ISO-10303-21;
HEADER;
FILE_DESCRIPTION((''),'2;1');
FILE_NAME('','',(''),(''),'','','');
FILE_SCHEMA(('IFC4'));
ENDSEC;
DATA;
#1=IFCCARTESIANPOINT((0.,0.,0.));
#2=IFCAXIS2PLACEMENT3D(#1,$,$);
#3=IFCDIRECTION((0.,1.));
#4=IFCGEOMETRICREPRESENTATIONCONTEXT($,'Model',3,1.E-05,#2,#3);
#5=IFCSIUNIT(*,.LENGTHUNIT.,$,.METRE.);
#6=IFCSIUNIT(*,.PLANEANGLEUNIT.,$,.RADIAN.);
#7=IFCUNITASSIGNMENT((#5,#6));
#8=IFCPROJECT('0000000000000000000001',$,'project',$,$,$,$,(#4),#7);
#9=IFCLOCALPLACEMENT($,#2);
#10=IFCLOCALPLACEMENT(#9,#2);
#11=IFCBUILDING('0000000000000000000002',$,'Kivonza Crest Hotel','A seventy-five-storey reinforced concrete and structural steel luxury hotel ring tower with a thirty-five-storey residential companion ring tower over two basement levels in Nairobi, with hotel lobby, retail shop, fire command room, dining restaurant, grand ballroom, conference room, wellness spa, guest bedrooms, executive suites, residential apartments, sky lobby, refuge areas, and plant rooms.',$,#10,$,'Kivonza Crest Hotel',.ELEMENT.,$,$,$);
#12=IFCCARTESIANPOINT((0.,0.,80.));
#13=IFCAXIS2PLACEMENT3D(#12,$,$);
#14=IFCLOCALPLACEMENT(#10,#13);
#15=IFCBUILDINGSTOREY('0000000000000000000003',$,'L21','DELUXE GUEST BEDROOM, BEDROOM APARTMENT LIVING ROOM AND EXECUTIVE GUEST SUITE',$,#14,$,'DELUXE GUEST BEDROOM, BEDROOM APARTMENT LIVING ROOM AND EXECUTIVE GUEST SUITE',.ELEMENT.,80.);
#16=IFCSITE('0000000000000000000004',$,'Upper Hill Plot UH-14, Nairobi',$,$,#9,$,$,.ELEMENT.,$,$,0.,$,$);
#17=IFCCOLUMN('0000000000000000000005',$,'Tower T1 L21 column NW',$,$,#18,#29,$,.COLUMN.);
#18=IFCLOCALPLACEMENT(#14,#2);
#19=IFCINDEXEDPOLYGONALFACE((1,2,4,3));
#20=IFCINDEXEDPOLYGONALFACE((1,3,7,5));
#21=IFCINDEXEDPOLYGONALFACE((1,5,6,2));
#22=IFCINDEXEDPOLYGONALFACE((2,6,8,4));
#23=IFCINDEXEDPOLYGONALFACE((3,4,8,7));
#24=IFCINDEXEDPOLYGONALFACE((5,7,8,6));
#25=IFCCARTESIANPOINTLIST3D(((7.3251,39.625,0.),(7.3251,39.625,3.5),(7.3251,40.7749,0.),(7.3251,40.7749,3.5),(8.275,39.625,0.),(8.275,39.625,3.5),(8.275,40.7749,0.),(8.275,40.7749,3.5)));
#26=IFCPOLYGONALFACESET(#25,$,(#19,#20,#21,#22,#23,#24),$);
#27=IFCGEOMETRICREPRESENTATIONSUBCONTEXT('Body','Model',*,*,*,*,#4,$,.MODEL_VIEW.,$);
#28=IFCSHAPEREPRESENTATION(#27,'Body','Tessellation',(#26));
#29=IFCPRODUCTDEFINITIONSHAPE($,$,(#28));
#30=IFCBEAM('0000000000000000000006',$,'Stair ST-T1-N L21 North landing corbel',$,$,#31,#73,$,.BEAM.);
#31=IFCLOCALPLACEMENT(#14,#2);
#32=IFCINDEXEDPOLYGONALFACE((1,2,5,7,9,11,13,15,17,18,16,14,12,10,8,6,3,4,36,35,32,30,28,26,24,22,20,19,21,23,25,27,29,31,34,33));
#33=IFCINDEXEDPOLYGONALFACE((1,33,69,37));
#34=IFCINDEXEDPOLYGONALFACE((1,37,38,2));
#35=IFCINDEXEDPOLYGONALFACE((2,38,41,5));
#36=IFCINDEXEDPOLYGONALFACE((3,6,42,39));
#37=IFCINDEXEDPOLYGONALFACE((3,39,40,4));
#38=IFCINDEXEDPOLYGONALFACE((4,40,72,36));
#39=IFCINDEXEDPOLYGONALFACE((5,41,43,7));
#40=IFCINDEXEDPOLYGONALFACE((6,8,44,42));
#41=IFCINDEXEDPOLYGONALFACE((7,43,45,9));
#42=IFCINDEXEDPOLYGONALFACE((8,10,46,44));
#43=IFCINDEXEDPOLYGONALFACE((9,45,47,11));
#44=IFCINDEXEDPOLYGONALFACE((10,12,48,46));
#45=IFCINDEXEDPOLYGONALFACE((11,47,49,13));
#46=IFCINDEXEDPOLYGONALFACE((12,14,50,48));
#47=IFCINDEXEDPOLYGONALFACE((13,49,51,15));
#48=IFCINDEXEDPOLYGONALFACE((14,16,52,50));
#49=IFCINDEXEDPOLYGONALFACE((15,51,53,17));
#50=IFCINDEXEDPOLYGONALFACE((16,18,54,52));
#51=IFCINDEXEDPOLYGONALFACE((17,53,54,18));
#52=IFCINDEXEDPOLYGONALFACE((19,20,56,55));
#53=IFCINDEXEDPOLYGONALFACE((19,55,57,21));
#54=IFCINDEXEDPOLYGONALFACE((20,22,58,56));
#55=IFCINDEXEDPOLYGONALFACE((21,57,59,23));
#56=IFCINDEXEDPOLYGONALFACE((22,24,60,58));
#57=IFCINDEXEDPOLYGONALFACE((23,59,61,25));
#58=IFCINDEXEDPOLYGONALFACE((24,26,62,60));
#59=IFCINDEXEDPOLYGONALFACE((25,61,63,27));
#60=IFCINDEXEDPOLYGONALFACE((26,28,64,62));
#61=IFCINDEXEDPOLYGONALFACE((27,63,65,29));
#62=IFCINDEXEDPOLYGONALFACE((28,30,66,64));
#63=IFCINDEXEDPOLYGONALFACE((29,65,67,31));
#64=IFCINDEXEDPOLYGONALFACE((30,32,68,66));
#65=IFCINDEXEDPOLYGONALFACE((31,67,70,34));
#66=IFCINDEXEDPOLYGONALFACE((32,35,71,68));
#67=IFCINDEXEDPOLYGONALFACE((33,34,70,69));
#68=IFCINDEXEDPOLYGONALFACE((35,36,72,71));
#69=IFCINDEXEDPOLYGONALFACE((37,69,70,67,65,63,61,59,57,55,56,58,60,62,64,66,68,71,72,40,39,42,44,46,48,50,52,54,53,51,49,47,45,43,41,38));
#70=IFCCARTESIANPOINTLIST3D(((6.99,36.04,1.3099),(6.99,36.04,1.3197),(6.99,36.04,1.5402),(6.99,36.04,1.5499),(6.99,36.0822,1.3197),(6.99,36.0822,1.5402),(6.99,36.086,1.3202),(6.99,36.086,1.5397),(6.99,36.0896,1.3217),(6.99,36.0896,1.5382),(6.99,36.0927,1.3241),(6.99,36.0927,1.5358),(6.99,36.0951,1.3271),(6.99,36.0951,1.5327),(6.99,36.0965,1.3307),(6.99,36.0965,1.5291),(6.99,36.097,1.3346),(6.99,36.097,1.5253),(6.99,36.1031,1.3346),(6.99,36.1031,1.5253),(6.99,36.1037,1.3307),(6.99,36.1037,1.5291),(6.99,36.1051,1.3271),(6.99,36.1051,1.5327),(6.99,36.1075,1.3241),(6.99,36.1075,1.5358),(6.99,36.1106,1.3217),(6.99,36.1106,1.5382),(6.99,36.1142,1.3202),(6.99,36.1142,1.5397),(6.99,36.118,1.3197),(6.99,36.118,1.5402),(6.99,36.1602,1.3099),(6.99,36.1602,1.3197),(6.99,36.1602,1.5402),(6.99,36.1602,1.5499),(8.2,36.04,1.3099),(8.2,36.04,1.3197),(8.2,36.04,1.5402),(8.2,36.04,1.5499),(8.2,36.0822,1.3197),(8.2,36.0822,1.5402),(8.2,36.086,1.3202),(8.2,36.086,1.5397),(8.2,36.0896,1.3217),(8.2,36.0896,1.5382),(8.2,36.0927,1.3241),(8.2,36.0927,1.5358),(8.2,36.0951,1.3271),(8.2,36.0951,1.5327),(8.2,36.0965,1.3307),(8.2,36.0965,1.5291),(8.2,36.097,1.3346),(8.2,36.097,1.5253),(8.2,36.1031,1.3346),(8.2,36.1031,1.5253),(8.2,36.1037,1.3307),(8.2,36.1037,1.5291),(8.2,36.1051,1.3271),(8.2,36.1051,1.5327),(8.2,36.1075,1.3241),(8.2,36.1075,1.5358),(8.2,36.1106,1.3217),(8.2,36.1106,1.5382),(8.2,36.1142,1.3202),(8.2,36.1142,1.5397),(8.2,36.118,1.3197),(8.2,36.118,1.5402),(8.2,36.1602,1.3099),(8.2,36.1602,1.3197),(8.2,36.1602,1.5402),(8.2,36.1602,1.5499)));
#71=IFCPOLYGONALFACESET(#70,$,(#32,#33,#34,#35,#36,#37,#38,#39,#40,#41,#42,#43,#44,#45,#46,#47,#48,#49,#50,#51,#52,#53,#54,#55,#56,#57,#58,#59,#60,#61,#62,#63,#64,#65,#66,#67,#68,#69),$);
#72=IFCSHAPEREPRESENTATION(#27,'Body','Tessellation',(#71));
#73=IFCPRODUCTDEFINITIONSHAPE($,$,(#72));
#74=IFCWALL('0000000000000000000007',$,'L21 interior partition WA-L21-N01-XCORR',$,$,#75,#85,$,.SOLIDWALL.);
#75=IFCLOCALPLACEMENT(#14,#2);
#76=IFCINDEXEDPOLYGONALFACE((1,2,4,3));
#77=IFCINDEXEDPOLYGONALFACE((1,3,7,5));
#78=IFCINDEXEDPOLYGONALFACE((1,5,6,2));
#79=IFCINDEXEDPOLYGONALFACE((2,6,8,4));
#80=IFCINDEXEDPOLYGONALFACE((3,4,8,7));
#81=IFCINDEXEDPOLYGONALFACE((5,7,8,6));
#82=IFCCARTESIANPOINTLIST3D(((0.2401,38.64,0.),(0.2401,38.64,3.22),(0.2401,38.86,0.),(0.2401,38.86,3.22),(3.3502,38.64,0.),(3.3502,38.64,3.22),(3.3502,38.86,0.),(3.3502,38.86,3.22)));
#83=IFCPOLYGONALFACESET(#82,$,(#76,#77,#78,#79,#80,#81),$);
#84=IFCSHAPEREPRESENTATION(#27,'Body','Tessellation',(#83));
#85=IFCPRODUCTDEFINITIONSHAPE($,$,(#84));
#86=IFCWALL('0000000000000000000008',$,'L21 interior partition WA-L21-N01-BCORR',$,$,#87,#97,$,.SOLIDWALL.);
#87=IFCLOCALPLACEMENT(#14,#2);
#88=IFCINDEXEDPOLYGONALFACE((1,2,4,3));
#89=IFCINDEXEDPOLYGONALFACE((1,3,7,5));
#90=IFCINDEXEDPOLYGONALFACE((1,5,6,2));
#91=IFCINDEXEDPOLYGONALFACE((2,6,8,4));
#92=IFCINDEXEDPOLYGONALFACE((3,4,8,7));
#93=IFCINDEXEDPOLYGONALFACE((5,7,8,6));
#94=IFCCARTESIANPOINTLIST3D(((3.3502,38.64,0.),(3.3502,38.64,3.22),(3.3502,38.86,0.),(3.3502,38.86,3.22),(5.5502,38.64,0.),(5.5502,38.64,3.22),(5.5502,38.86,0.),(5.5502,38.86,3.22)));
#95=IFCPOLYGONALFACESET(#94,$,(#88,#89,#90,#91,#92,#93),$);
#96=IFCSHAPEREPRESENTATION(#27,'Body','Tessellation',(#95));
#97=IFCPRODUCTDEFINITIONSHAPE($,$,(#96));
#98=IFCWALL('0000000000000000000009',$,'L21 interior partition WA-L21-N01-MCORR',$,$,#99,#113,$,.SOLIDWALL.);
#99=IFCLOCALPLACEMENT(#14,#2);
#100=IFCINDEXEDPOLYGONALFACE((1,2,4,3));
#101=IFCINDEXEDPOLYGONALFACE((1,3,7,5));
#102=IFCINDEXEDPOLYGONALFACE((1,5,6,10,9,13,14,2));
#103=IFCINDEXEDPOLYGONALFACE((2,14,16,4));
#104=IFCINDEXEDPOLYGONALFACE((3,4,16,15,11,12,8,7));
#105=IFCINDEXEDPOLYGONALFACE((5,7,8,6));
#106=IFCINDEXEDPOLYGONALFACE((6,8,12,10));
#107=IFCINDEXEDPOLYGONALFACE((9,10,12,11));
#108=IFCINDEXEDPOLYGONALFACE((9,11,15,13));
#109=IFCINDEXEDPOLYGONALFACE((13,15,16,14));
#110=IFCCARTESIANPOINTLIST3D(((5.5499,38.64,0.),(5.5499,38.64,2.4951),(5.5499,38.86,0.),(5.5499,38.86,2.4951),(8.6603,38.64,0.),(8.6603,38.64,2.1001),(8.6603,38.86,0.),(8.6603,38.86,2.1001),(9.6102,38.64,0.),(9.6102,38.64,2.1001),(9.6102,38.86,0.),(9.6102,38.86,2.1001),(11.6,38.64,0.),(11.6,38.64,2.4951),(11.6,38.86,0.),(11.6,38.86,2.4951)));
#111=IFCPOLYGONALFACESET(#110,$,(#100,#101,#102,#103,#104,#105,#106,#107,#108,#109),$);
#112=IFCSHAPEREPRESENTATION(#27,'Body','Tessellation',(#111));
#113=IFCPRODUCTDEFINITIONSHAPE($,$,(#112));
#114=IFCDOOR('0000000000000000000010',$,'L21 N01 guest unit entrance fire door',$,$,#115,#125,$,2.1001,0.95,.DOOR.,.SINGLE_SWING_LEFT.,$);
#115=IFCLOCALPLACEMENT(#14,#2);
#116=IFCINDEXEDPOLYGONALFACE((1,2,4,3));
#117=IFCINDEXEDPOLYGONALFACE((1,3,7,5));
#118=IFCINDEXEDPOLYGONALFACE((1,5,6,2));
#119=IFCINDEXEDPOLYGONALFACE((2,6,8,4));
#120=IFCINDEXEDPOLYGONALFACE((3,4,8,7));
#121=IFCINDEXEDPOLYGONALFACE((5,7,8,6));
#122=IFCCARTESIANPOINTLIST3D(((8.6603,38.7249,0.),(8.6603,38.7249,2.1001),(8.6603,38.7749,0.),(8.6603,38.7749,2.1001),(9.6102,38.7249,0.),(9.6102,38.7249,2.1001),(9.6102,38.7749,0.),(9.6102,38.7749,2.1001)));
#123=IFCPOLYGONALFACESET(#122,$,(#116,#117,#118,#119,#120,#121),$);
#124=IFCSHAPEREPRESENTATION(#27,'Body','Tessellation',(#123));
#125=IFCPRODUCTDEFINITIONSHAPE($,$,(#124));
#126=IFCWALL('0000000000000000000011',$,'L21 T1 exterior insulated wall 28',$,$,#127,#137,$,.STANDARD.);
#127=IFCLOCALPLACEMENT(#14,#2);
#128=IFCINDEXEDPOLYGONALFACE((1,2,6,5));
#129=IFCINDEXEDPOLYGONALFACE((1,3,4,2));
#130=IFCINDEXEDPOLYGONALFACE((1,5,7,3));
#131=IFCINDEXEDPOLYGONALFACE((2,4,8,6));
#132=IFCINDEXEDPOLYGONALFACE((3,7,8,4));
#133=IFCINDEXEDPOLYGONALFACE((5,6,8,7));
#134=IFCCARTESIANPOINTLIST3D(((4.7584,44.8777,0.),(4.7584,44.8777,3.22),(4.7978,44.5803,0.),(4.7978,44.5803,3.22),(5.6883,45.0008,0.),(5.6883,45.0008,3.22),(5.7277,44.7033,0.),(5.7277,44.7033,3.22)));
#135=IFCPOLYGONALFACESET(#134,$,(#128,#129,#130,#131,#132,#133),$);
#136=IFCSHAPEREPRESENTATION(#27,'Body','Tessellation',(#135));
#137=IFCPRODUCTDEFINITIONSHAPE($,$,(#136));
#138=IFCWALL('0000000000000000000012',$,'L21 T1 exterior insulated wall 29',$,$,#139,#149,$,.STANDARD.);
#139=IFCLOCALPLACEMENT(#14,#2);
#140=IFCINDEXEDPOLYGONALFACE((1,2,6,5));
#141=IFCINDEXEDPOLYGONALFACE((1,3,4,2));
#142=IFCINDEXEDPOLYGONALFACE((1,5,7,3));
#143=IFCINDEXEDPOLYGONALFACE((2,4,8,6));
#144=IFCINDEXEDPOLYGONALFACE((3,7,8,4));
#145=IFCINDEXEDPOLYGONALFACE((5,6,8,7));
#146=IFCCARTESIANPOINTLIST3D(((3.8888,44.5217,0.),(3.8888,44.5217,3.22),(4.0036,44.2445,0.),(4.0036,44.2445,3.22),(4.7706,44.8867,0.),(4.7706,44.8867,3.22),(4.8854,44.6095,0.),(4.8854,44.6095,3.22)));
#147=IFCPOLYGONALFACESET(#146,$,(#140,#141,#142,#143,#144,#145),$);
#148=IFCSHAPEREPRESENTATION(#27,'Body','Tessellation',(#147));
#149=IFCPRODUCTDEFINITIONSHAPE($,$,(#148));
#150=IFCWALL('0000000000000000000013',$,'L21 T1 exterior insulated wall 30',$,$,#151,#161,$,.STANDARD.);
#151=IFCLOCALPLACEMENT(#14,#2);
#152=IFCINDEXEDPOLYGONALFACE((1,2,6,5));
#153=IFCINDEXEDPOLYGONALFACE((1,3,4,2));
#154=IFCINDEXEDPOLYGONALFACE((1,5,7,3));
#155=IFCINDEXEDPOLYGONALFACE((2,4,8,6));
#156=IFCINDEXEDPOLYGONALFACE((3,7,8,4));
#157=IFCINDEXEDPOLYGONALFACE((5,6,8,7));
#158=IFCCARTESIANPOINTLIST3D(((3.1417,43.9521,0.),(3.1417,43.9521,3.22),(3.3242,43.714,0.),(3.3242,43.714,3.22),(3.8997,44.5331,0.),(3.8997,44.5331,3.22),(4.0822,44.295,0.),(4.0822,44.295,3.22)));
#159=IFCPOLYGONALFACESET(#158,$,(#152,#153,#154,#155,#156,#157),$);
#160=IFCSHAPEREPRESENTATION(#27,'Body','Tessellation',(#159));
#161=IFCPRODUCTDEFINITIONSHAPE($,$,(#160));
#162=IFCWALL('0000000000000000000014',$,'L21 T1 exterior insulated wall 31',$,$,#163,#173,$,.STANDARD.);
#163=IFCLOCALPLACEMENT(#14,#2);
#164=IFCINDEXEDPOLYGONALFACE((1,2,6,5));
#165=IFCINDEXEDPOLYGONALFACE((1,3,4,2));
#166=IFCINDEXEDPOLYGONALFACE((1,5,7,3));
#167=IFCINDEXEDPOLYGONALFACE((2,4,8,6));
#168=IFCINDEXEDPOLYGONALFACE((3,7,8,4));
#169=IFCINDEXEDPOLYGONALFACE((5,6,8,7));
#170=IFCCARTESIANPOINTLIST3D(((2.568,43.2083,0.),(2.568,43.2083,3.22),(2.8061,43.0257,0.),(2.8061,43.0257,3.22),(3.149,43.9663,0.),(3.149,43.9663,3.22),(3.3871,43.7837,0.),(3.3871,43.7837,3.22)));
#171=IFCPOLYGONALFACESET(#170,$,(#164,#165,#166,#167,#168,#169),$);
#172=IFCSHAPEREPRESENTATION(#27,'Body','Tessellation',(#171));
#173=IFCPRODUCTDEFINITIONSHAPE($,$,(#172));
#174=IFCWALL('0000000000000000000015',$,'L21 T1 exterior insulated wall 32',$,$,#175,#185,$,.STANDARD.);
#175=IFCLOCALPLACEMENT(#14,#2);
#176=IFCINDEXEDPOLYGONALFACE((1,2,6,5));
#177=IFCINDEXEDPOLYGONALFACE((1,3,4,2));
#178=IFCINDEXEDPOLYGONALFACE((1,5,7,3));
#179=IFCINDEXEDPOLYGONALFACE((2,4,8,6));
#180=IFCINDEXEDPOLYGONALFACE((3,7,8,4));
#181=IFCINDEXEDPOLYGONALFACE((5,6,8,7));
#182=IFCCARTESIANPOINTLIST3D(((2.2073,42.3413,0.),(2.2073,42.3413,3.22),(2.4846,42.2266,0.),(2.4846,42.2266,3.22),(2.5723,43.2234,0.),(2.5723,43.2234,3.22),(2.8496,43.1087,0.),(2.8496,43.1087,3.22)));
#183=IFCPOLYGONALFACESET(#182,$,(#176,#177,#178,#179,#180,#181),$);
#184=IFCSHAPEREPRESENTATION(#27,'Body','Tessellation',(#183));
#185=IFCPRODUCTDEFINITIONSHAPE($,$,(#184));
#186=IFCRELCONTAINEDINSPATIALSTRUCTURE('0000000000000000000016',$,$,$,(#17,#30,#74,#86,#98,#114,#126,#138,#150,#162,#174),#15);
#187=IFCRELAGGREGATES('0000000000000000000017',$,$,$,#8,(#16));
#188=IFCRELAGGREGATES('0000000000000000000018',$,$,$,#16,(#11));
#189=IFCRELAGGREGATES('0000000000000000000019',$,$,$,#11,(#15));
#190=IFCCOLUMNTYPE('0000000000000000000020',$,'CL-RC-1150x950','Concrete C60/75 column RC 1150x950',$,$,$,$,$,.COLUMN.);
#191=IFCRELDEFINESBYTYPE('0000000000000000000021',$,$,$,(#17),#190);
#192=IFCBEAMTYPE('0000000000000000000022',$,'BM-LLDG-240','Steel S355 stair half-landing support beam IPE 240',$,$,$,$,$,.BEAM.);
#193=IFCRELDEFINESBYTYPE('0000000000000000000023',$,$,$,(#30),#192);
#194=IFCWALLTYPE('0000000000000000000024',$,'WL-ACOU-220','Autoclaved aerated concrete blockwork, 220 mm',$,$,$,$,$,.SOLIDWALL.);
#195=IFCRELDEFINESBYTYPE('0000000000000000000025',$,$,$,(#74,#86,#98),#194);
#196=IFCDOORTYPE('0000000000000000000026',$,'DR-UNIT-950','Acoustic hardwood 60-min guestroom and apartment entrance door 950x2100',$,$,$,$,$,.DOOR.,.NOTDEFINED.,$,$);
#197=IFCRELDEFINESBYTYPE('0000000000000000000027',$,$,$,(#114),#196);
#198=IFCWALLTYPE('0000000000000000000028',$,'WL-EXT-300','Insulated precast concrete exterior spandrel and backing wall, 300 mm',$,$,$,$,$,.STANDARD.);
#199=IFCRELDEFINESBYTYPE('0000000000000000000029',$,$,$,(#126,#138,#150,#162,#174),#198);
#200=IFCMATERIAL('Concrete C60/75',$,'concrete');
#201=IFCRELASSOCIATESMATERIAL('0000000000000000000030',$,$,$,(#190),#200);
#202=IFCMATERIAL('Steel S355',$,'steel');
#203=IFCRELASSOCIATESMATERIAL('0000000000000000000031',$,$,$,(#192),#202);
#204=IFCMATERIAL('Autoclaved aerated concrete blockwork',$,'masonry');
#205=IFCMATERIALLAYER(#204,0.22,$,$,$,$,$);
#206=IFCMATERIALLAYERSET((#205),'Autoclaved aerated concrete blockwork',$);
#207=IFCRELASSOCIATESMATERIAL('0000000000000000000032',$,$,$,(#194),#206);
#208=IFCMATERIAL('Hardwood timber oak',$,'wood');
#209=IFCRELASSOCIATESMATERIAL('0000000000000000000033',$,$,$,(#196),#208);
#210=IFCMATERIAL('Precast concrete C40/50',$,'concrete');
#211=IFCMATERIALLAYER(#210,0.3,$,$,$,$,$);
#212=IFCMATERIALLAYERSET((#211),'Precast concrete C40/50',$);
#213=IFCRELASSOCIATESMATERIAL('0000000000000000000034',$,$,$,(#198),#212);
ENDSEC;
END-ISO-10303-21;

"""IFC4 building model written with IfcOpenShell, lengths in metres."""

from ifc_helpers import new_model, si_unit, direction, frame, frame_2d, origin, origin_2d, place, context, subcontext, project, spatial, rectangle, i_section, extrude, material, layer, layer_set, material_profile, profile_set, type_object, element, fill, save


model = new_model("IFC4")

# Units and contexts
model_context = context("Model", 3, precision=1e-05, world=origin(), true_north=direction((0.0, 1.0)))
body_context = subcontext(model_context, "Body", "Model", "MODEL_VIEW")
ifc_project = project(units=[si_unit("LENGTHUNIT", "METRE"), si_unit("PLANEANGLEUNIT", "RADIAN")], contexts=[model_context])

# Site, building, storey
site_placement = place(None, origin())
site = spatial("IfcSite", under=ifc_project, at=site_placement, Name="Upper Hill Plot UH-14, Nairobi", CompositionType="ELEMENT", RefElevation=0.0)
building_placement = place(site_placement, origin())
building = spatial("IfcBuilding", under=site, at=building_placement, Name="Kivonza Crest Hotel", Description="A seventy-five-storey reinforced concrete and structural steel luxury hotel ring tower with a thirty-five-storey residential companion ring tower over two basement levels in Nairobi, with hotel lobby, retail shop, fire command room, dining restaurant, grand ballroom, conference room, wellness spa, guest bedrooms, executive suites, residential apartments, sky lobby, refuge areas, and plant rooms.", LongName="Kivonza Crest Hotel", CompositionType="ELEMENT")
storey_placement = place(building_placement, frame((0.0, 0.0, 80.0)))
storey = spatial("IfcBuildingStorey", under=building, at=storey_placement, Name="L21", Description="DELUXE GUEST BEDROOM, BEDROOM APARTMENT LIVING ROOM AND EXECUTIVE GUEST SUITE", LongName="DELUXE GUEST BEDROOM, BEDROOM APARTMENT LIVING ROOM AND EXECUTIVE GUEST SUITE", CompositionType="ELEMENT", Elevation=80.0)

# Column
ifc_material_1 = material(Name="Concrete C60/75", Category="concrete")
ifc_material_profile_1 = material_profile(ifc_material_1, rectangle(XDim=0.95, YDim=1.1499, at=origin_2d()), Name="RC 1150x950")
ifc_profile_set_1 = profile_set([ifc_material_profile_1], Name="Concrete C60/75")
column_type = type_object("IfcColumnType", Name="CL-RC-1150x950", Description="Concrete C60/75 column RC 1150x950", PredefinedType="COLUMN", material=ifc_profile_set_1)
column_placement = place(storey_placement, frame((7.8, 40.2, 0.0), z_axis=(0.0, 0.0, 1.0), x_axis=(1.0, 0.0, 0.0)))
element("IfcColumn", 1, at=column_placement, inside=storey, type_object=column_type, Name="Tower T1 L21 column NW", PredefinedType="COLUMN", context=body_context, shape_type="SweptSolid", body=[
    extrude(rectangle(XDim=0.95, YDim=1.1499, at=origin_2d()), origin(), (0.0, 0.0, 1.0), 3.5),
])

# Beam
ifc_material_2 = material(Name="Steel S355", Category="steel")
ifc_material_profile_2 = material_profile(ifc_material_2, i_section(OverallWidth=0.1201, OverallDepth=0.24, WebThickness=0.0061, FlangeThickness=0.0098, FilletRadius=0.0149, at=origin_2d()), Name="IPE 240")
ifc_profile_set_2 = profile_set([ifc_material_profile_2], Name="Steel S355")
beam_type = type_object("IfcBeamType", Name="BM-LLDG-240", Description="Steel S355 stair half-landing support beam IPE 240", PredefinedType="BEAM", material=ifc_profile_set_2)
beam_placement = place(storey_placement, frame((6.99, 36.1001, 1.4299), z_axis=(1.0, 0.0, 0.0), x_axis=(0.0, 1.0, 0.0)))
element("IfcBeam", 2, at=beam_placement, inside=storey, type_object=beam_type, Name="Stair ST-T1-N L21 North landing corbel", PredefinedType="BEAM", context=body_context, shape_type="SweptSolid", body=[
    extrude(i_section(OverallWidth=0.1201, OverallDepth=0.24, WebThickness=0.0061, FlangeThickness=0.0098, FilletRadius=0.0149, at=origin_2d()), origin(), (0.0, 0.0, 1.0), 1.21),
])

# Walls
ifc_material_3 = material(Name="Autoclaved aerated concrete blockwork", Category="masonry")
ifc_layer_1 = layer(ifc_material_3, 0.22)
ifc_layer_set_1 = layer_set([ifc_layer_1], Name="Autoclaved aerated concrete blockwork")
wall_type_1 = type_object("IfcWallType", Name="WL-ACOU-220", Description="Autoclaved aerated concrete blockwork, 220 mm", PredefinedType="SOLIDWALL", material=ifc_layer_set_1)
wall_1_placement = place(storey_placement, frame((0.24, 38.75, 0.0), z_axis=(0.0, 0.0, 1.0), x_axis=(1.0, 0.0, 0.0)))
element("IfcWall", 3, at=wall_1_placement, inside=storey, type_object=wall_type_1, Name="L21 interior partition WA-L21-N01-XCORR", PredefinedType="SOLIDWALL", context=body_context, shape_type="SweptSolid", body=[
    extrude(rectangle(XDim=3.1101, YDim=0.22, at=frame_2d((1.5552, 0.0))), origin(), (0.0, 0.0, 1.0), 3.22),
])
wall_2_placement = place(storey_placement, frame((3.3501, 38.75, 0.0), z_axis=(0.0, 0.0, 1.0), x_axis=(1.0, 0.0, 0.0)))
element("IfcWall", 4, at=wall_2_placement, inside=storey, type_object=wall_type_1, Name="L21 interior partition WA-L21-N01-BCORR", PredefinedType="SOLIDWALL", context=body_context, shape_type="SweptSolid", body=[
    extrude(rectangle(XDim=2.2, YDim=0.22, at=frame_2d((1.1001, 0.0))), origin(), (0.0, 0.0, 1.0), 3.22),
])

# Wall, opening, door
wall_3_placement = place(storey_placement, frame((5.55, 38.75, 0.0), z_axis=(0.0, 0.0, 1.0), x_axis=(1.0, 0.0, 0.0)))
wall_3 = element("IfcWall", 5, at=wall_3_placement, inside=storey, type_object=wall_type_1, Name="L21 interior partition WA-L21-N01-MCORR", PredefinedType="SOLIDWALL", context=body_context, shape_type="SweptSolid", body=[
    extrude(rectangle(XDim=6.05, YDim=0.22, at=frame_2d((3.0249, 0.0))), origin(), (0.0, 0.0, 1.0), 2.4951),
])
opening_1_placement = place(wall_3_placement, frame((3.1101, 0.0, 0.0)))
opening_1 = element("IfcOpeningElement", 6, at=opening_1_placement, cuts=wall_3, PredefinedType="OPENING", context=body_context, shape_type="SweptSolid", body=[
    extrude(rectangle(XDim=0.95, YDim=2.1001, at=frame_2d((0.4751, 1.05))), frame((0.0, 0.1201, 0.0), z_axis=(0.0, -1.0, 0.0), x_axis=(1.0, 0.0, 0.0)), (0.0, 0.0, 1.0), 0.24),
])
ifc_material_4 = material(Name="Hardwood timber oak", Category="wood")
door_type_1 = type_object("IfcDoorType", Name="DR-UNIT-950", Description="Acoustic hardwood 60-min guestroom and apartment entrance door 950x2100", OperationType="NOTDEFINED", PredefinedType="DOOR", material=ifc_material_4)
door_1_placement = place(opening_1_placement, origin())
door_1 = element("IfcDoor", 7, at=door_1_placement, inside=storey, type_object=door_type_1, Name="L21 N01 guest unit entrance fire door", OperationType="SINGLE_SWING_LEFT", OverallHeight=2.1001, OverallWidth=0.95, PredefinedType="DOOR", context=body_context, shape_type="SweptSolid", body=[
    extrude(rectangle(XDim=0.95, YDim=2.1001, at=frame_2d((0.4751, 1.05))), frame((0.0, 0.0249, 0.0), z_axis=(0.0, -1.0, 0.0), x_axis=(1.0, 0.0, 0.0)), (0.0, 0.0, 1.0), 0.05),
])
fill(opening_1, door_1)

# Walls
ifc_material_5 = material(Name="Precast concrete C40/50", Category="concrete")
ifc_layer_2 = layer(ifc_material_5, 0.3)
ifc_layer_set_2 = layer_set([ifc_layer_2], Name="Precast concrete C40/50")
wall_type_2 = type_object("IfcWallType", Name="WL-EXT-300", Description="Insulated precast concrete exterior spandrel and backing wall, 300 mm", PredefinedType="STANDARD", material=ifc_layer_set_2)
wall_4_placement = place(storey_placement, frame((5.708, 44.8521, 0.0), z_axis=(0.0, 0.0, 1.0), x_axis=(-0.991359, -0.131175, 0.0)))
element("IfcWall", 8, at=wall_4_placement, inside=storey, type_object=wall_type_2, Name="L21 T1 exterior insulated wall 28", PredefinedType="STANDARD", context=body_context, shape_type="SweptSolid", body=[
    extrude(rectangle(XDim=0.938, YDim=0.3, at=frame_2d((0.469, 0.0))), origin(), (0.0, 0.0, 1.0), 3.22),
])
wall_5_placement = place(storey_placement, frame((4.8279, 44.748, 0.0), z_axis=(0.0, 0.0, 1.0), x_axis=(-0.923983, -0.382435, 0.0)))
element("IfcWall", 9, at=wall_5_placement, inside=storey, type_object=wall_type_2, Name="L21 T1 exterior insulated wall 29", PredefinedType="STANDARD", context=body_context, shape_type="SweptSolid", body=[
    extrude(rectangle(XDim=0.9543, YDim=0.3, at=frame_2d((0.4771, 0.0))), origin(), (0.0, 0.0, 1.0), 3.22),
])
for number, where, z_axis, x_axis, name in (
    (10, (3.991, 44.4141, 0.0), (0.0, 0.0, 1.0), (-0.793668, -0.608351, 0.0), "L21 T1 exterior insulated wall 30"),
    (11, (3.2681, 43.875, 0.0), (0.0, 0.0, 1.0), (-0.608351, -0.793668, 0.0), "L21 T1 exterior insulated wall 31"),
):
    element("IfcWall", number, at=place(storey_placement, frame(where, z_axis=z_axis, x_axis=x_axis)), inside=storey, type_object=wall_type_2, Name=name, PredefinedType="STANDARD", context=body_context, shape_type="SweptSolid", body=[
        extrude(rectangle(XDim=0.9551, YDim=0.3, at=frame_2d((0.4775, 0.0))), origin(), (0.0, 0.0, 1.0), 3.22),
    ])
wall_6_placement = place(storey_placement, frame((2.7109, 43.166, 0.0), z_axis=(0.0, 0.0, 1.0), x_axis=(-0.382344, -0.92402, 0.0)))
element("IfcWall", 12, at=wall_6_placement, inside=storey, type_object=wall_type_2, Name="L21 T1 exterior insulated wall 32", PredefinedType="STANDARD", context=body_context, shape_type="SweptSolid", body=[
    extrude(rectangle(XDim=0.9546, YDim=0.3, at=frame_2d((0.4773, 0.0))), origin(), (0.0, 0.0, 1.0), 3.22),
])

save(model, "model.ifc")
